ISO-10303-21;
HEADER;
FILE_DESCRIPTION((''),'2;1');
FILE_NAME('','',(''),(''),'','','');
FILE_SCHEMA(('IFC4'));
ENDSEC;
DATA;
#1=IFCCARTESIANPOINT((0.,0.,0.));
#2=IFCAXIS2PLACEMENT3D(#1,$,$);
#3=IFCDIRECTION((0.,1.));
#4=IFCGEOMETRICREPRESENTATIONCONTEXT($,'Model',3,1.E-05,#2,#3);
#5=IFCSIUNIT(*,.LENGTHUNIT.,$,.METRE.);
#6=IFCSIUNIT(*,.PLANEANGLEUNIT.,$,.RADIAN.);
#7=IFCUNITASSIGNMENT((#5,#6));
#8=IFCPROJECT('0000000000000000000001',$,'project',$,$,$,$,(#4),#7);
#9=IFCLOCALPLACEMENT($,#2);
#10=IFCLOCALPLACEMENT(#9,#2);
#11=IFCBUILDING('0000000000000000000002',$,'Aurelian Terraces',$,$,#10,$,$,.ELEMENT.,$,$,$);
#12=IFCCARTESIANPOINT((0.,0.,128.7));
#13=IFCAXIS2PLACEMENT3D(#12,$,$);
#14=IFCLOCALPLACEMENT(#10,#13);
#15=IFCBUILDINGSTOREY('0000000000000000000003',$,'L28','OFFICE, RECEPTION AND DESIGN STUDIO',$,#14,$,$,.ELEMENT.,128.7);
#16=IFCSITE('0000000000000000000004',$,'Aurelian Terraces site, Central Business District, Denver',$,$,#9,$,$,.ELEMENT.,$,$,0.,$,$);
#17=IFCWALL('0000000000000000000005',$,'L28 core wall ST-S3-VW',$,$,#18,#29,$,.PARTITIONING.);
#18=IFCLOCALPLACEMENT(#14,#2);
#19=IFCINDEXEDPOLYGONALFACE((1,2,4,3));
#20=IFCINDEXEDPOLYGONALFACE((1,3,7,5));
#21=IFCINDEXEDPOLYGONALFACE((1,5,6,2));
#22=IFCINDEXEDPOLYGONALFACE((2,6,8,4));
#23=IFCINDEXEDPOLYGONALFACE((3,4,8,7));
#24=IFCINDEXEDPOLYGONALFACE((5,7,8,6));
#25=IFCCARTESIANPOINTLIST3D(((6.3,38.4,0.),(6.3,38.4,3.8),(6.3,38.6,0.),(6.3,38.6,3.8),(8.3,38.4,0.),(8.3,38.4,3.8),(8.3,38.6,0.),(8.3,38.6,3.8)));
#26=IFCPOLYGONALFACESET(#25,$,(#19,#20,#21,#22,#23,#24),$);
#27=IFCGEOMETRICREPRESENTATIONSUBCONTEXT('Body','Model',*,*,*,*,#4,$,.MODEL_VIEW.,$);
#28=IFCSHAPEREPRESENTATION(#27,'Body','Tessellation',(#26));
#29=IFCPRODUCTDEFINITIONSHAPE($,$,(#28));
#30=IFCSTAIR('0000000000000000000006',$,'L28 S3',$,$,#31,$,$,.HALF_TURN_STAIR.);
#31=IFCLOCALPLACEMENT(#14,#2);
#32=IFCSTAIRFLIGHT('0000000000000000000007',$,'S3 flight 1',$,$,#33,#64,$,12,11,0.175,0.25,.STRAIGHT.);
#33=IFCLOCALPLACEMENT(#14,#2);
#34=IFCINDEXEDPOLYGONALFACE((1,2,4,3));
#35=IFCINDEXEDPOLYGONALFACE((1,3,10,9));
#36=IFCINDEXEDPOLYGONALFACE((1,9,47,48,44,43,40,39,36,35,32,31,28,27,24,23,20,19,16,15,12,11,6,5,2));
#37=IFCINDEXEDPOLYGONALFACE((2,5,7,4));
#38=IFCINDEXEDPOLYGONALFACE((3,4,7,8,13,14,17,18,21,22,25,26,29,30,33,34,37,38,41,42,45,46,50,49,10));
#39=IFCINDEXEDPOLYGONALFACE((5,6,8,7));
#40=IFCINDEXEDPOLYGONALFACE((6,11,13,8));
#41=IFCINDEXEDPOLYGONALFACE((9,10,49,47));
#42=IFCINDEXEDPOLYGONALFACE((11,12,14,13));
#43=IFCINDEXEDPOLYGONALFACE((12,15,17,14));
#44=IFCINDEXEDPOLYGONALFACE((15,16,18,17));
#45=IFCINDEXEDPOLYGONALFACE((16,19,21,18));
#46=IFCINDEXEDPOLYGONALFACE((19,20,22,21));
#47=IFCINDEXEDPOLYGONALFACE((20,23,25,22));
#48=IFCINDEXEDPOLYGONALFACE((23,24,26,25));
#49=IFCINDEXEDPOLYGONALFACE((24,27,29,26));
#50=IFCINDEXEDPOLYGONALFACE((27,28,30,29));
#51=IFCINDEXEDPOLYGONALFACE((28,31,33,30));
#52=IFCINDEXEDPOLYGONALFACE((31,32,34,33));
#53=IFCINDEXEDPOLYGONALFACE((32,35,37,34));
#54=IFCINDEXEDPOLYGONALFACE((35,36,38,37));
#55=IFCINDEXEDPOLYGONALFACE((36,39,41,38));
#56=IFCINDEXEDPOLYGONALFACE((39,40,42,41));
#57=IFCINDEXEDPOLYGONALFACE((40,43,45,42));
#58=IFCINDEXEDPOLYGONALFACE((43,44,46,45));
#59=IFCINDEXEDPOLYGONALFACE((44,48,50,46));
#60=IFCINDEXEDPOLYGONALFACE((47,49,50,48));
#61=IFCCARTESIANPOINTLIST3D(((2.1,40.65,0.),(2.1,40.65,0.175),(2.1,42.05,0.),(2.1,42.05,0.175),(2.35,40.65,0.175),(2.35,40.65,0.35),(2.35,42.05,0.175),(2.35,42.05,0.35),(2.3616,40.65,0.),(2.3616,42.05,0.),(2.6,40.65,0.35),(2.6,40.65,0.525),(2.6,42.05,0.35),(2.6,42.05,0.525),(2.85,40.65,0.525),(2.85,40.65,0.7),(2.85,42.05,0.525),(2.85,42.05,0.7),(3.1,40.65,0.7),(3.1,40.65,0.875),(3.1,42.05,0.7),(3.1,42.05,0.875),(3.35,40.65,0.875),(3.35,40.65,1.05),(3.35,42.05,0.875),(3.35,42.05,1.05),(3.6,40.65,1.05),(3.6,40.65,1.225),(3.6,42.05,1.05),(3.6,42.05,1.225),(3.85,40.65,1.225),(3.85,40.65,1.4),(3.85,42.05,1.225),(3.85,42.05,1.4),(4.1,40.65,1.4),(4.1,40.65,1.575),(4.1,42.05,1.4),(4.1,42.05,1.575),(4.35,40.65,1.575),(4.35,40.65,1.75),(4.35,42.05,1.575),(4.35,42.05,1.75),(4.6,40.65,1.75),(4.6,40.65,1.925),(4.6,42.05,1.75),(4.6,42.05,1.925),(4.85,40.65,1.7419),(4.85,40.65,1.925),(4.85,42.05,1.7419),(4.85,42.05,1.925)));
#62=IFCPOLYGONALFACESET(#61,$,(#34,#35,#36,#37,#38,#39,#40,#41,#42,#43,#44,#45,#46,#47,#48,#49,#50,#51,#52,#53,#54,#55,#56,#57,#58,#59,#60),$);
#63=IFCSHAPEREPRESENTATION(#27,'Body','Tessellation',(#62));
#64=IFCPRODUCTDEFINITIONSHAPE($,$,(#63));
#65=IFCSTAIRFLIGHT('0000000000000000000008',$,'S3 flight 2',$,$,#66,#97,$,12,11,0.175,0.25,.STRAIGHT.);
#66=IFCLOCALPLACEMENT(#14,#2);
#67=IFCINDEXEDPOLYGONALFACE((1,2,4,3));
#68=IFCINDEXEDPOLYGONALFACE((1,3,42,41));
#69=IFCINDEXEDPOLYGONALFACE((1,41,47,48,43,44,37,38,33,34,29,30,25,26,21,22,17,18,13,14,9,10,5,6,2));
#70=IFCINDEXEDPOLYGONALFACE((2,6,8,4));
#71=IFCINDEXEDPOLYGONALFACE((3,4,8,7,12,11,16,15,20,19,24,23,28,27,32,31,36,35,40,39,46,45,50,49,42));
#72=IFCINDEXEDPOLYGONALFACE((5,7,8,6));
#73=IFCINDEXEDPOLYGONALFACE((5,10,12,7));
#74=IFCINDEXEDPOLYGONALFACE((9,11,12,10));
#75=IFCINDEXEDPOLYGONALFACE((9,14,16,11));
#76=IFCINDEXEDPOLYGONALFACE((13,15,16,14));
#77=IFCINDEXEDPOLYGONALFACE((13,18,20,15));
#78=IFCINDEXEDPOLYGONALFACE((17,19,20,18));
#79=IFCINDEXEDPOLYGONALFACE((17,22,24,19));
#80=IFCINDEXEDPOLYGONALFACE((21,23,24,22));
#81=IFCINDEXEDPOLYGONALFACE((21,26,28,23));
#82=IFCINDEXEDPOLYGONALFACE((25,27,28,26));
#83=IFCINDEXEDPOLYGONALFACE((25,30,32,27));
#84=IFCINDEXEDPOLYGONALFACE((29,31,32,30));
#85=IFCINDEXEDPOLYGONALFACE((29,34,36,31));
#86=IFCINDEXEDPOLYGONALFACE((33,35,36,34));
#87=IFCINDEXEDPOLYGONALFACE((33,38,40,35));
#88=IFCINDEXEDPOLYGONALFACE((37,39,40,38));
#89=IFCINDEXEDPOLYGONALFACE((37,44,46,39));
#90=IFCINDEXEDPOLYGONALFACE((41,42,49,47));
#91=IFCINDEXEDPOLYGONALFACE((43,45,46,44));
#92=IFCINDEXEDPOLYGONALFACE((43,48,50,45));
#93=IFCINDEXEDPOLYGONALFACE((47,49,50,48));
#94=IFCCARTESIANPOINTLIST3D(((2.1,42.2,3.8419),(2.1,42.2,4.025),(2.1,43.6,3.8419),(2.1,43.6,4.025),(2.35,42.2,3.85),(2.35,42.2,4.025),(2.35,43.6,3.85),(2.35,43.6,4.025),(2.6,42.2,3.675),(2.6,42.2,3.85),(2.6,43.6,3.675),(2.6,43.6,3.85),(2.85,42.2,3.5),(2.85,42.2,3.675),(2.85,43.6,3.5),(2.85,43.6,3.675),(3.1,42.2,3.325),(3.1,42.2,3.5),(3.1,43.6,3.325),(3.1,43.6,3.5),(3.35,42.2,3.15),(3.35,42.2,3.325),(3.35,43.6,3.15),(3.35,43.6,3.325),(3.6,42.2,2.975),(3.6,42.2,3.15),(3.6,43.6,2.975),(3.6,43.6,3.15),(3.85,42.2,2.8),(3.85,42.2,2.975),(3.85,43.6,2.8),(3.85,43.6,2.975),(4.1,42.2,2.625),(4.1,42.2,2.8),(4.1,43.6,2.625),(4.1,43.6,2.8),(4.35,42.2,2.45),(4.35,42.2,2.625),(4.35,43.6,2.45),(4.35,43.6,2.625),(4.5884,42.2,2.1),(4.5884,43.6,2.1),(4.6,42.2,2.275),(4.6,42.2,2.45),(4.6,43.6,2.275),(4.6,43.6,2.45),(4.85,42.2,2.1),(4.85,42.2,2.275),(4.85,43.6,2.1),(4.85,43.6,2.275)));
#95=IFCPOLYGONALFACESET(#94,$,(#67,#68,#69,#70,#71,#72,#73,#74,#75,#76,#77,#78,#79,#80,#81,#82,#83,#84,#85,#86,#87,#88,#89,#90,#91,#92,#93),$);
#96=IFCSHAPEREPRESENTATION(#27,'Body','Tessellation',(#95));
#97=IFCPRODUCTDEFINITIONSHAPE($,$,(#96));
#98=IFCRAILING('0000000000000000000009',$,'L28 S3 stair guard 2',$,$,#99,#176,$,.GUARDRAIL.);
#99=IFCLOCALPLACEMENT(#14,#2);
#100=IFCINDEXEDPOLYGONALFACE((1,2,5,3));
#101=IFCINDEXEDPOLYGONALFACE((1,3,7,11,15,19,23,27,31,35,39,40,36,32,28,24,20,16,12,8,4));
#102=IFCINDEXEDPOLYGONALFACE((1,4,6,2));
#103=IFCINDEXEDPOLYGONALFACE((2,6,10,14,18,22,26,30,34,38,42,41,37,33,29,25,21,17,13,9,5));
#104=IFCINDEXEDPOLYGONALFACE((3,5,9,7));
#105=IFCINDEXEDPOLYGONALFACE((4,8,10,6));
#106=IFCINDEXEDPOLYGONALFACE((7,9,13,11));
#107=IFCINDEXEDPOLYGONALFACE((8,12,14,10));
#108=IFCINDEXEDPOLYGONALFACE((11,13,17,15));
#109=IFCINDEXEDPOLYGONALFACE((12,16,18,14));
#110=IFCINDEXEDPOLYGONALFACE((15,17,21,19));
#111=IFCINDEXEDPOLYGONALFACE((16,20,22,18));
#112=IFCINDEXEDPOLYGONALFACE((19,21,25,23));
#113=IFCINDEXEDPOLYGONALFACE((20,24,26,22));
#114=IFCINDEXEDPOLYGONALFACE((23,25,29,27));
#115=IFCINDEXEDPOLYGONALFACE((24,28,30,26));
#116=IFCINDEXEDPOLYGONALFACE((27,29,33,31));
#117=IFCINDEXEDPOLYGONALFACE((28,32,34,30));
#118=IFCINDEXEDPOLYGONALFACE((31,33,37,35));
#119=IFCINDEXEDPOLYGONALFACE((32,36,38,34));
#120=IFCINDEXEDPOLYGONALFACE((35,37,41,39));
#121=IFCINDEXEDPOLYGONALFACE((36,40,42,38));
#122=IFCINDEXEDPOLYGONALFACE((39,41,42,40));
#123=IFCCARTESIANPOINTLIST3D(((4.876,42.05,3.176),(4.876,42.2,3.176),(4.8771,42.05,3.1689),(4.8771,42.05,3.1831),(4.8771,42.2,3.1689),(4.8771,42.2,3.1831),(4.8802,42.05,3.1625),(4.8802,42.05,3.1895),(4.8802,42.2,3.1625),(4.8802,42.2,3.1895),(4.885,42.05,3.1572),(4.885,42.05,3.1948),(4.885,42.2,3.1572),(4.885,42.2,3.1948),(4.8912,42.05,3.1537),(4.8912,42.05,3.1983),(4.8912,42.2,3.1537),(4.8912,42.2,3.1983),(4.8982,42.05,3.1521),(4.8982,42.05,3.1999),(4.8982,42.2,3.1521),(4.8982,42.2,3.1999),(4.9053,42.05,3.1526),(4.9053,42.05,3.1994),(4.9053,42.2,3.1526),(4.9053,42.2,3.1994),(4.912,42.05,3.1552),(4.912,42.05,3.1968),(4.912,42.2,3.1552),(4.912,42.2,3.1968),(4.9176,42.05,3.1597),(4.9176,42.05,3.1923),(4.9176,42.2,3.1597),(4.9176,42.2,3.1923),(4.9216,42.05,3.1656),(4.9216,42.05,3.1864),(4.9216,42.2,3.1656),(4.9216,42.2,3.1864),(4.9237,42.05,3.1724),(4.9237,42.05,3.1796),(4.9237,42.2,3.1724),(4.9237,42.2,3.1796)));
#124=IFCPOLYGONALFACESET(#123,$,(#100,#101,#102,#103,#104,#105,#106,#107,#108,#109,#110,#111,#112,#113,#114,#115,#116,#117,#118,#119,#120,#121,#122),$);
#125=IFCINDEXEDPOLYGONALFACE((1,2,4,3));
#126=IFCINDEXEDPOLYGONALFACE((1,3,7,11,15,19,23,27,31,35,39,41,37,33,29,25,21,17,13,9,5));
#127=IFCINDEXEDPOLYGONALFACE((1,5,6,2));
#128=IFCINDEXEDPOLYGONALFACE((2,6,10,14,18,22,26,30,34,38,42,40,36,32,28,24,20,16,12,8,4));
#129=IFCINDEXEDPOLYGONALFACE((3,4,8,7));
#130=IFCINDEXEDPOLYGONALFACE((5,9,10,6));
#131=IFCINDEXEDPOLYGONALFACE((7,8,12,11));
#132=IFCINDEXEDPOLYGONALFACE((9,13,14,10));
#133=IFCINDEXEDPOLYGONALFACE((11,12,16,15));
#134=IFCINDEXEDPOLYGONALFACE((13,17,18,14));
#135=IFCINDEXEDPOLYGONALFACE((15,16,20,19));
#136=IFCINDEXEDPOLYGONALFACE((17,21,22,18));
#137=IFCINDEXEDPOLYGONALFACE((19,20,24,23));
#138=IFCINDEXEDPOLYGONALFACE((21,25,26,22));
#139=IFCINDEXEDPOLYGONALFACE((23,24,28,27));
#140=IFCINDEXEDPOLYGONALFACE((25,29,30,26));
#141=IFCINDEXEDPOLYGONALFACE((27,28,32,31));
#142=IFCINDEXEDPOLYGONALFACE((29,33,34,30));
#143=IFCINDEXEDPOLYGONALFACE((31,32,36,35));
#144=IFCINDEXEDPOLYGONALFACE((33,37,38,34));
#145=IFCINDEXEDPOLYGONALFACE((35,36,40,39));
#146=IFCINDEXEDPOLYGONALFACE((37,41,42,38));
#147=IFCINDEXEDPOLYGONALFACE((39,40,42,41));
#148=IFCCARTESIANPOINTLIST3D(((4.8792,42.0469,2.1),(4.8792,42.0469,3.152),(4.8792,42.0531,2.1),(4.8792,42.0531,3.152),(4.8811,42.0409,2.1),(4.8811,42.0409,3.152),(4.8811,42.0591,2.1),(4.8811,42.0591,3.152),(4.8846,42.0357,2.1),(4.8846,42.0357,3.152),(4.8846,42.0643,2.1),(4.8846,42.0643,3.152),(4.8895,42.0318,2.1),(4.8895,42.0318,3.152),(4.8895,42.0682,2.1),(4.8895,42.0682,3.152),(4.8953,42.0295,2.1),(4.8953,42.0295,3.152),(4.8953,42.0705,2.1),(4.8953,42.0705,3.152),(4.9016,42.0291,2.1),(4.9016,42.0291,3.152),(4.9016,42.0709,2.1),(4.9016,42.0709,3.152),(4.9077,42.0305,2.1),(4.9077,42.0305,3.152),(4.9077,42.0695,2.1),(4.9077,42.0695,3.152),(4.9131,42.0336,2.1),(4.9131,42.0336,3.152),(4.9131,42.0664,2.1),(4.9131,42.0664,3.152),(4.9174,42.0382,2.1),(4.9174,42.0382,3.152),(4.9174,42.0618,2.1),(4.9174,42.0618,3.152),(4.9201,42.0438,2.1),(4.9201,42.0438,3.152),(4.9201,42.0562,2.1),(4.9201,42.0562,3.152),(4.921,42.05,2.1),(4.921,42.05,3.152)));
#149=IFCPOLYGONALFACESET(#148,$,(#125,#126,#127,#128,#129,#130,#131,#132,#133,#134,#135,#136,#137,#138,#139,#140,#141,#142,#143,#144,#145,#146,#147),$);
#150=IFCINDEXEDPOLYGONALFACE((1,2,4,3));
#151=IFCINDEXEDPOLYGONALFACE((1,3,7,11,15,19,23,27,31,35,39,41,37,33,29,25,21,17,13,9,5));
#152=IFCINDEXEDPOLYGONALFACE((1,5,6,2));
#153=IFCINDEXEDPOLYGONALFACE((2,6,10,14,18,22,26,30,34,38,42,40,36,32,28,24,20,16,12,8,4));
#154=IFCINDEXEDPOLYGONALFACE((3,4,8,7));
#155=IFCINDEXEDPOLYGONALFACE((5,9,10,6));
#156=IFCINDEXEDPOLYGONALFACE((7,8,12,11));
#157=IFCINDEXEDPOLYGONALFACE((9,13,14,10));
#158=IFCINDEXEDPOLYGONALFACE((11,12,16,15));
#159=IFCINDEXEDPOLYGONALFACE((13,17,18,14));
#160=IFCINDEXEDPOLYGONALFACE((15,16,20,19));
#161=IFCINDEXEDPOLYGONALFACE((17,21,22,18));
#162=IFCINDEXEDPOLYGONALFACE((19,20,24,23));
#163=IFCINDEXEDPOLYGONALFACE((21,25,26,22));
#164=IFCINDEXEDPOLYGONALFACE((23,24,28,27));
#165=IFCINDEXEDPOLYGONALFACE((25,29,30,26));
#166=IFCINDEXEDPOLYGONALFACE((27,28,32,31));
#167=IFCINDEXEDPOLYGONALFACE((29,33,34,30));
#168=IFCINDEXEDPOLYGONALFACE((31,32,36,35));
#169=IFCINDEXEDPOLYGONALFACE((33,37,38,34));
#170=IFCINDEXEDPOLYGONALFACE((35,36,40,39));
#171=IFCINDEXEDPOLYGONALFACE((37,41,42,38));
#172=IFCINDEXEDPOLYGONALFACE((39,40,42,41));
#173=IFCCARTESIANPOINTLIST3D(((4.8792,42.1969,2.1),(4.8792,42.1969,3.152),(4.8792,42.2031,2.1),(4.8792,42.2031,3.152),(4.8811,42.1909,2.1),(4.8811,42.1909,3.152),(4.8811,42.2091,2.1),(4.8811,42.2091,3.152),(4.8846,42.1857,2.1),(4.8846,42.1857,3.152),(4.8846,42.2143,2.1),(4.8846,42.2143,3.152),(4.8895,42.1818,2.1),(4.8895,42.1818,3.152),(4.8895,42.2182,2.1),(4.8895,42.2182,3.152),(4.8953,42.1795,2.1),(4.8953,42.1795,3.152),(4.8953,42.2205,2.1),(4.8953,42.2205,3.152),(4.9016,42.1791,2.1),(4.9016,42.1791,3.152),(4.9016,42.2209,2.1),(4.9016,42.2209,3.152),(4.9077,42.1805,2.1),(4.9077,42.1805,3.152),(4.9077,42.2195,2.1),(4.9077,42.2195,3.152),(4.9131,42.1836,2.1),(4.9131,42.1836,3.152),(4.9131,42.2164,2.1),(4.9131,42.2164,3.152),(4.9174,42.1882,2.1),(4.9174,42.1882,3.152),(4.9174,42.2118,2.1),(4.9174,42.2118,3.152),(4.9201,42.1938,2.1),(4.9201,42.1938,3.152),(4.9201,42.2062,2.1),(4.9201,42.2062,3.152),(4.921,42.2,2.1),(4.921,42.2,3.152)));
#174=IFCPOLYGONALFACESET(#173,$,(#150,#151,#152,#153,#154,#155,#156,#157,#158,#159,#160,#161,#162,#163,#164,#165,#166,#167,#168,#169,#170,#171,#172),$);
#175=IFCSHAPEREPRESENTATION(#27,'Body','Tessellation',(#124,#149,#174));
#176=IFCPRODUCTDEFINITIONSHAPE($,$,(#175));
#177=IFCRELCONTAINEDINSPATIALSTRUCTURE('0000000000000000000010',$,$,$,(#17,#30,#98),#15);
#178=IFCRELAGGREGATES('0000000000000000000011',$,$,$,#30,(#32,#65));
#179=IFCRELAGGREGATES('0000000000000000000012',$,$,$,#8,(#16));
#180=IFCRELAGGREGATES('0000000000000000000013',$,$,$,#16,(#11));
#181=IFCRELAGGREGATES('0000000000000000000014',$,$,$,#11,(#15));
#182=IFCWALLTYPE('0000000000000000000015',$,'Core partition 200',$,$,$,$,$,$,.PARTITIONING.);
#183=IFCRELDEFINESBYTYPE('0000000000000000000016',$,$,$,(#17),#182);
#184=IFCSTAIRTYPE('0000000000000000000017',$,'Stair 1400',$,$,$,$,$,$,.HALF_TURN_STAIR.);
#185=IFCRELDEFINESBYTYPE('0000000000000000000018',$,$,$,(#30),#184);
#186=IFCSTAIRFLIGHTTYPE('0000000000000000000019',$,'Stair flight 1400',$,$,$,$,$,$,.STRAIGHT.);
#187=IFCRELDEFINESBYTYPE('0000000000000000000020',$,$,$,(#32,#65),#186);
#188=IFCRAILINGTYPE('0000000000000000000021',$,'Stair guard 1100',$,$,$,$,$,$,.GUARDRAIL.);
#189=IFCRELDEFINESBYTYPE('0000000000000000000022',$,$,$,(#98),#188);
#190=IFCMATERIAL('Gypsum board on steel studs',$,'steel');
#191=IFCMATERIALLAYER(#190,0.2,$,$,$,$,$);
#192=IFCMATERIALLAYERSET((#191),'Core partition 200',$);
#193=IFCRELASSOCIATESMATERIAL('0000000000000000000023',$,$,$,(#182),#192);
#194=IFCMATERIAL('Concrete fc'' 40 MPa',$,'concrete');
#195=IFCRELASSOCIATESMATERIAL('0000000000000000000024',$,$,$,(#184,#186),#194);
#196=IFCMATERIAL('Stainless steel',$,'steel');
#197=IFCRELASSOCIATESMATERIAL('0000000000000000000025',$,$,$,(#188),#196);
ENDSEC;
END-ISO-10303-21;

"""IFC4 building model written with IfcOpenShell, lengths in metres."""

from ifc_helpers import new_model, si_unit, direction, frame, frame_2d, origin, origin_2d, place, context, subcontext, project, spatial, polyline, rectangle, circle, outline, extrude, source, transform, mapped, material, layer, layer_set, type_object, element, aggregate, save


model = new_model("IFC4")

# Units and contexts
model_context = context("Model", 3, precision=1e-05, world=origin(), true_north=direction((0.0, 1.0)))
body_context = subcontext(model_context, "Body", "Model", "MODEL_VIEW")
ifc_project = project(units=[si_unit("LENGTHUNIT", "METRE"), si_unit("PLANEANGLEUNIT", "RADIAN")], contexts=[model_context])

# Site, building, storey
site_placement = place(None, origin())
site = spatial("IfcSite", under=ifc_project, at=site_placement, Name="Aurelian Terraces site, Central Business District, Denver", CompositionType="ELEMENT", RefElevation=0.0)
building_placement = place(site_placement, origin())
building = spatial("IfcBuilding", under=site, at=building_placement, Name="Aurelian Terraces", CompositionType="ELEMENT")
storey_placement = place(building_placement, frame((0.0, 0.0, 128.7)))
storey = spatial("IfcBuildingStorey", under=building, at=storey_placement, Name="L28", Description="OFFICE, RECEPTION AND DESIGN STUDIO", CompositionType="ELEMENT", Elevation=128.7)

# Shared definitions
ifc_material_1 = material(Name="Concrete fc' 40 MPa", Category="concrete")

# Wall
ifc_material_2 = material(Name="Gypsum board on steel studs", Category="steel")
ifc_layer_1 = layer(ifc_material_2, 0.2)
ifc_layer_set_1 = layer_set([ifc_layer_1], Name="Core partition 200")
wall_type_1 = type_object("IfcWallType", Name="Core partition 200", PredefinedType="PARTITIONING", material=ifc_layer_set_1)
shared_shape_1 = source(origin(), body_context, "Body", "SweptSolid", [
    extrude(rectangle(XDim=2.0, YDim=0.2, at=frame_2d((1.0, 0.0))), origin(), (0.0, 0.0, 1.0), 3.8),
])
wall_1_placement = place(storey_placement, frame((6.3, 38.5, 0.0), z_axis=(0.0, 0.0, 1.0), x_axis=(1.0, 0.0, 0.0)))
element("IfcWall", 1, at=wall_1_placement, inside=storey, type_object=wall_type_1, Name="L28 core wall ST-S3-VW", PredefinedType="PARTITIONING", context=body_context, shape_type="MappedRepresentation", body=[
    mapped(shared_shape_1, transform((0.0, 0.0, 0.0), scale=1.0)),
])

# Stair, stair flights
stair_type = type_object("IfcStairType", Name="Stair 1400", PredefinedType="HALF_TURN_STAIR", material=ifc_material_1)
stair_placement = place(storey_placement, origin())
stair = element("IfcStair", 2, at=stair_placement, inside=storey, type_object=stair_type, Name="L28 S3", PredefinedType="HALF_TURN_STAIR")
stair_flight_type = type_object("IfcStairFlightType", Name="Stair flight 1400", PredefinedType="STRAIGHT", material=ifc_material_1)
shared_shape_2 = source(origin(), body_context, "Body", "SweptSolid", [
    extrude(outline(polyline([(0.0, 0.0), (0.0, 0.175), (0.25, 0.175), (0.25, 0.35), (0.5, 0.35), (0.5, 0.525), (0.75, 0.525), (0.75, 0.7), (1.0, 0.7), (1.0, 0.875), (1.25, 0.875), (1.25, 1.05), (1.5, 1.05), (1.5, 1.225), (1.75, 1.225), (1.75, 1.4), (2.0, 1.4), (2.0, 1.575), (2.25, 1.575), (2.25, 1.75), (2.5, 1.75), (2.5, 1.925), (2.75, 1.925), (2.75, 2.1), (2.75, 1.7419), (0.2616, 0.0), (0.0, 0.0)])), frame((0.0, 0.7, 0.0), z_axis=(0.0, -1.0, 0.0), x_axis=(1.0, 0.0, 0.0)), (0.0, 0.0, 1.0), 1.4),
])
stair_flight_1_placement = place(storey_placement, frame((2.1, 41.35, 0.0), z_axis=(0.0, 0.0, 1.0), x_axis=(1.0, 0.0, 0.0)))
stair_flight_1 = element("IfcStairFlight", 3, at=stair_flight_1_placement, type_object=stair_flight_type, Name="S3 flight 1", NumberOfRisers=12, NumberOfTreads=11, PredefinedType="STRAIGHT", RiserHeight=0.175, TreadLength=0.25, context=body_context, shape_type="MappedRepresentation", body=[
    mapped(shared_shape_2, transform((0.0, 0.0, 0.0), scale=1.0)),
])
stair_flight_2_placement = place(storey_placement, frame((4.85, 42.9, 2.1), z_axis=(0.0, 0.0, 1.0), x_axis=(-1.0, 0.0, 0.0)))
stair_flight_2 = element("IfcStairFlight", 4, at=stair_flight_2_placement, type_object=stair_flight_type, Name="S3 flight 2", NumberOfRisers=12, NumberOfTreads=11, PredefinedType="STRAIGHT", RiserHeight=0.175, TreadLength=0.25, context=body_context, shape_type="MappedRepresentation", body=[
    mapped(shared_shape_2, transform((0.0, 0.0, 0.0), scale=1.0)),
])
aggregate(stair, [stair_flight_1, stair_flight_2])

# Railing
ifc_material_3 = material(Name="Stainless steel", Category="steel")
railing_type_1 = type_object("IfcRailingType", Name="Stair guard 1100", PredefinedType="GUARDRAIL", material=ifc_material_3)
shared_shape_3 = source(origin(), body_context, "Body", "SweptSolid", [
    extrude(circle(Radius=0.024, at=origin_2d()), frame((0.0, 0.0, 1.076), z_axis=(0.0, 1.0, 0.0), x_axis=(-1.0, 0.0, 0.0)), (0.0, 0.0, 1.0), 0.15),
    extrude(circle(Radius=0.021, at=origin_2d()), origin(), (0.0, 0.0, 1.0), 1.052),
    extrude(circle(Radius=0.021, at=origin_2d()), frame((0.0, 0.15, 0.0)), (0.0, 0.0, 1.0), 1.052),
])
for number, where, name in (
    (5, (4.9, 42.05, 2.1), "L28 S3 stair guard 2"),
):
    element("IfcRailing", number, at=place(storey_placement, frame(where)), inside=storey, type_object=railing_type_1, Name=name, PredefinedType="GUARDRAIL", context=body_context, shape_type="MappedRepresentation", body=[
        mapped(shared_shape_3, transform((0.0, 0.0, 0.0), scale=1.0)),
    ])

save(model, "model.ifc")
